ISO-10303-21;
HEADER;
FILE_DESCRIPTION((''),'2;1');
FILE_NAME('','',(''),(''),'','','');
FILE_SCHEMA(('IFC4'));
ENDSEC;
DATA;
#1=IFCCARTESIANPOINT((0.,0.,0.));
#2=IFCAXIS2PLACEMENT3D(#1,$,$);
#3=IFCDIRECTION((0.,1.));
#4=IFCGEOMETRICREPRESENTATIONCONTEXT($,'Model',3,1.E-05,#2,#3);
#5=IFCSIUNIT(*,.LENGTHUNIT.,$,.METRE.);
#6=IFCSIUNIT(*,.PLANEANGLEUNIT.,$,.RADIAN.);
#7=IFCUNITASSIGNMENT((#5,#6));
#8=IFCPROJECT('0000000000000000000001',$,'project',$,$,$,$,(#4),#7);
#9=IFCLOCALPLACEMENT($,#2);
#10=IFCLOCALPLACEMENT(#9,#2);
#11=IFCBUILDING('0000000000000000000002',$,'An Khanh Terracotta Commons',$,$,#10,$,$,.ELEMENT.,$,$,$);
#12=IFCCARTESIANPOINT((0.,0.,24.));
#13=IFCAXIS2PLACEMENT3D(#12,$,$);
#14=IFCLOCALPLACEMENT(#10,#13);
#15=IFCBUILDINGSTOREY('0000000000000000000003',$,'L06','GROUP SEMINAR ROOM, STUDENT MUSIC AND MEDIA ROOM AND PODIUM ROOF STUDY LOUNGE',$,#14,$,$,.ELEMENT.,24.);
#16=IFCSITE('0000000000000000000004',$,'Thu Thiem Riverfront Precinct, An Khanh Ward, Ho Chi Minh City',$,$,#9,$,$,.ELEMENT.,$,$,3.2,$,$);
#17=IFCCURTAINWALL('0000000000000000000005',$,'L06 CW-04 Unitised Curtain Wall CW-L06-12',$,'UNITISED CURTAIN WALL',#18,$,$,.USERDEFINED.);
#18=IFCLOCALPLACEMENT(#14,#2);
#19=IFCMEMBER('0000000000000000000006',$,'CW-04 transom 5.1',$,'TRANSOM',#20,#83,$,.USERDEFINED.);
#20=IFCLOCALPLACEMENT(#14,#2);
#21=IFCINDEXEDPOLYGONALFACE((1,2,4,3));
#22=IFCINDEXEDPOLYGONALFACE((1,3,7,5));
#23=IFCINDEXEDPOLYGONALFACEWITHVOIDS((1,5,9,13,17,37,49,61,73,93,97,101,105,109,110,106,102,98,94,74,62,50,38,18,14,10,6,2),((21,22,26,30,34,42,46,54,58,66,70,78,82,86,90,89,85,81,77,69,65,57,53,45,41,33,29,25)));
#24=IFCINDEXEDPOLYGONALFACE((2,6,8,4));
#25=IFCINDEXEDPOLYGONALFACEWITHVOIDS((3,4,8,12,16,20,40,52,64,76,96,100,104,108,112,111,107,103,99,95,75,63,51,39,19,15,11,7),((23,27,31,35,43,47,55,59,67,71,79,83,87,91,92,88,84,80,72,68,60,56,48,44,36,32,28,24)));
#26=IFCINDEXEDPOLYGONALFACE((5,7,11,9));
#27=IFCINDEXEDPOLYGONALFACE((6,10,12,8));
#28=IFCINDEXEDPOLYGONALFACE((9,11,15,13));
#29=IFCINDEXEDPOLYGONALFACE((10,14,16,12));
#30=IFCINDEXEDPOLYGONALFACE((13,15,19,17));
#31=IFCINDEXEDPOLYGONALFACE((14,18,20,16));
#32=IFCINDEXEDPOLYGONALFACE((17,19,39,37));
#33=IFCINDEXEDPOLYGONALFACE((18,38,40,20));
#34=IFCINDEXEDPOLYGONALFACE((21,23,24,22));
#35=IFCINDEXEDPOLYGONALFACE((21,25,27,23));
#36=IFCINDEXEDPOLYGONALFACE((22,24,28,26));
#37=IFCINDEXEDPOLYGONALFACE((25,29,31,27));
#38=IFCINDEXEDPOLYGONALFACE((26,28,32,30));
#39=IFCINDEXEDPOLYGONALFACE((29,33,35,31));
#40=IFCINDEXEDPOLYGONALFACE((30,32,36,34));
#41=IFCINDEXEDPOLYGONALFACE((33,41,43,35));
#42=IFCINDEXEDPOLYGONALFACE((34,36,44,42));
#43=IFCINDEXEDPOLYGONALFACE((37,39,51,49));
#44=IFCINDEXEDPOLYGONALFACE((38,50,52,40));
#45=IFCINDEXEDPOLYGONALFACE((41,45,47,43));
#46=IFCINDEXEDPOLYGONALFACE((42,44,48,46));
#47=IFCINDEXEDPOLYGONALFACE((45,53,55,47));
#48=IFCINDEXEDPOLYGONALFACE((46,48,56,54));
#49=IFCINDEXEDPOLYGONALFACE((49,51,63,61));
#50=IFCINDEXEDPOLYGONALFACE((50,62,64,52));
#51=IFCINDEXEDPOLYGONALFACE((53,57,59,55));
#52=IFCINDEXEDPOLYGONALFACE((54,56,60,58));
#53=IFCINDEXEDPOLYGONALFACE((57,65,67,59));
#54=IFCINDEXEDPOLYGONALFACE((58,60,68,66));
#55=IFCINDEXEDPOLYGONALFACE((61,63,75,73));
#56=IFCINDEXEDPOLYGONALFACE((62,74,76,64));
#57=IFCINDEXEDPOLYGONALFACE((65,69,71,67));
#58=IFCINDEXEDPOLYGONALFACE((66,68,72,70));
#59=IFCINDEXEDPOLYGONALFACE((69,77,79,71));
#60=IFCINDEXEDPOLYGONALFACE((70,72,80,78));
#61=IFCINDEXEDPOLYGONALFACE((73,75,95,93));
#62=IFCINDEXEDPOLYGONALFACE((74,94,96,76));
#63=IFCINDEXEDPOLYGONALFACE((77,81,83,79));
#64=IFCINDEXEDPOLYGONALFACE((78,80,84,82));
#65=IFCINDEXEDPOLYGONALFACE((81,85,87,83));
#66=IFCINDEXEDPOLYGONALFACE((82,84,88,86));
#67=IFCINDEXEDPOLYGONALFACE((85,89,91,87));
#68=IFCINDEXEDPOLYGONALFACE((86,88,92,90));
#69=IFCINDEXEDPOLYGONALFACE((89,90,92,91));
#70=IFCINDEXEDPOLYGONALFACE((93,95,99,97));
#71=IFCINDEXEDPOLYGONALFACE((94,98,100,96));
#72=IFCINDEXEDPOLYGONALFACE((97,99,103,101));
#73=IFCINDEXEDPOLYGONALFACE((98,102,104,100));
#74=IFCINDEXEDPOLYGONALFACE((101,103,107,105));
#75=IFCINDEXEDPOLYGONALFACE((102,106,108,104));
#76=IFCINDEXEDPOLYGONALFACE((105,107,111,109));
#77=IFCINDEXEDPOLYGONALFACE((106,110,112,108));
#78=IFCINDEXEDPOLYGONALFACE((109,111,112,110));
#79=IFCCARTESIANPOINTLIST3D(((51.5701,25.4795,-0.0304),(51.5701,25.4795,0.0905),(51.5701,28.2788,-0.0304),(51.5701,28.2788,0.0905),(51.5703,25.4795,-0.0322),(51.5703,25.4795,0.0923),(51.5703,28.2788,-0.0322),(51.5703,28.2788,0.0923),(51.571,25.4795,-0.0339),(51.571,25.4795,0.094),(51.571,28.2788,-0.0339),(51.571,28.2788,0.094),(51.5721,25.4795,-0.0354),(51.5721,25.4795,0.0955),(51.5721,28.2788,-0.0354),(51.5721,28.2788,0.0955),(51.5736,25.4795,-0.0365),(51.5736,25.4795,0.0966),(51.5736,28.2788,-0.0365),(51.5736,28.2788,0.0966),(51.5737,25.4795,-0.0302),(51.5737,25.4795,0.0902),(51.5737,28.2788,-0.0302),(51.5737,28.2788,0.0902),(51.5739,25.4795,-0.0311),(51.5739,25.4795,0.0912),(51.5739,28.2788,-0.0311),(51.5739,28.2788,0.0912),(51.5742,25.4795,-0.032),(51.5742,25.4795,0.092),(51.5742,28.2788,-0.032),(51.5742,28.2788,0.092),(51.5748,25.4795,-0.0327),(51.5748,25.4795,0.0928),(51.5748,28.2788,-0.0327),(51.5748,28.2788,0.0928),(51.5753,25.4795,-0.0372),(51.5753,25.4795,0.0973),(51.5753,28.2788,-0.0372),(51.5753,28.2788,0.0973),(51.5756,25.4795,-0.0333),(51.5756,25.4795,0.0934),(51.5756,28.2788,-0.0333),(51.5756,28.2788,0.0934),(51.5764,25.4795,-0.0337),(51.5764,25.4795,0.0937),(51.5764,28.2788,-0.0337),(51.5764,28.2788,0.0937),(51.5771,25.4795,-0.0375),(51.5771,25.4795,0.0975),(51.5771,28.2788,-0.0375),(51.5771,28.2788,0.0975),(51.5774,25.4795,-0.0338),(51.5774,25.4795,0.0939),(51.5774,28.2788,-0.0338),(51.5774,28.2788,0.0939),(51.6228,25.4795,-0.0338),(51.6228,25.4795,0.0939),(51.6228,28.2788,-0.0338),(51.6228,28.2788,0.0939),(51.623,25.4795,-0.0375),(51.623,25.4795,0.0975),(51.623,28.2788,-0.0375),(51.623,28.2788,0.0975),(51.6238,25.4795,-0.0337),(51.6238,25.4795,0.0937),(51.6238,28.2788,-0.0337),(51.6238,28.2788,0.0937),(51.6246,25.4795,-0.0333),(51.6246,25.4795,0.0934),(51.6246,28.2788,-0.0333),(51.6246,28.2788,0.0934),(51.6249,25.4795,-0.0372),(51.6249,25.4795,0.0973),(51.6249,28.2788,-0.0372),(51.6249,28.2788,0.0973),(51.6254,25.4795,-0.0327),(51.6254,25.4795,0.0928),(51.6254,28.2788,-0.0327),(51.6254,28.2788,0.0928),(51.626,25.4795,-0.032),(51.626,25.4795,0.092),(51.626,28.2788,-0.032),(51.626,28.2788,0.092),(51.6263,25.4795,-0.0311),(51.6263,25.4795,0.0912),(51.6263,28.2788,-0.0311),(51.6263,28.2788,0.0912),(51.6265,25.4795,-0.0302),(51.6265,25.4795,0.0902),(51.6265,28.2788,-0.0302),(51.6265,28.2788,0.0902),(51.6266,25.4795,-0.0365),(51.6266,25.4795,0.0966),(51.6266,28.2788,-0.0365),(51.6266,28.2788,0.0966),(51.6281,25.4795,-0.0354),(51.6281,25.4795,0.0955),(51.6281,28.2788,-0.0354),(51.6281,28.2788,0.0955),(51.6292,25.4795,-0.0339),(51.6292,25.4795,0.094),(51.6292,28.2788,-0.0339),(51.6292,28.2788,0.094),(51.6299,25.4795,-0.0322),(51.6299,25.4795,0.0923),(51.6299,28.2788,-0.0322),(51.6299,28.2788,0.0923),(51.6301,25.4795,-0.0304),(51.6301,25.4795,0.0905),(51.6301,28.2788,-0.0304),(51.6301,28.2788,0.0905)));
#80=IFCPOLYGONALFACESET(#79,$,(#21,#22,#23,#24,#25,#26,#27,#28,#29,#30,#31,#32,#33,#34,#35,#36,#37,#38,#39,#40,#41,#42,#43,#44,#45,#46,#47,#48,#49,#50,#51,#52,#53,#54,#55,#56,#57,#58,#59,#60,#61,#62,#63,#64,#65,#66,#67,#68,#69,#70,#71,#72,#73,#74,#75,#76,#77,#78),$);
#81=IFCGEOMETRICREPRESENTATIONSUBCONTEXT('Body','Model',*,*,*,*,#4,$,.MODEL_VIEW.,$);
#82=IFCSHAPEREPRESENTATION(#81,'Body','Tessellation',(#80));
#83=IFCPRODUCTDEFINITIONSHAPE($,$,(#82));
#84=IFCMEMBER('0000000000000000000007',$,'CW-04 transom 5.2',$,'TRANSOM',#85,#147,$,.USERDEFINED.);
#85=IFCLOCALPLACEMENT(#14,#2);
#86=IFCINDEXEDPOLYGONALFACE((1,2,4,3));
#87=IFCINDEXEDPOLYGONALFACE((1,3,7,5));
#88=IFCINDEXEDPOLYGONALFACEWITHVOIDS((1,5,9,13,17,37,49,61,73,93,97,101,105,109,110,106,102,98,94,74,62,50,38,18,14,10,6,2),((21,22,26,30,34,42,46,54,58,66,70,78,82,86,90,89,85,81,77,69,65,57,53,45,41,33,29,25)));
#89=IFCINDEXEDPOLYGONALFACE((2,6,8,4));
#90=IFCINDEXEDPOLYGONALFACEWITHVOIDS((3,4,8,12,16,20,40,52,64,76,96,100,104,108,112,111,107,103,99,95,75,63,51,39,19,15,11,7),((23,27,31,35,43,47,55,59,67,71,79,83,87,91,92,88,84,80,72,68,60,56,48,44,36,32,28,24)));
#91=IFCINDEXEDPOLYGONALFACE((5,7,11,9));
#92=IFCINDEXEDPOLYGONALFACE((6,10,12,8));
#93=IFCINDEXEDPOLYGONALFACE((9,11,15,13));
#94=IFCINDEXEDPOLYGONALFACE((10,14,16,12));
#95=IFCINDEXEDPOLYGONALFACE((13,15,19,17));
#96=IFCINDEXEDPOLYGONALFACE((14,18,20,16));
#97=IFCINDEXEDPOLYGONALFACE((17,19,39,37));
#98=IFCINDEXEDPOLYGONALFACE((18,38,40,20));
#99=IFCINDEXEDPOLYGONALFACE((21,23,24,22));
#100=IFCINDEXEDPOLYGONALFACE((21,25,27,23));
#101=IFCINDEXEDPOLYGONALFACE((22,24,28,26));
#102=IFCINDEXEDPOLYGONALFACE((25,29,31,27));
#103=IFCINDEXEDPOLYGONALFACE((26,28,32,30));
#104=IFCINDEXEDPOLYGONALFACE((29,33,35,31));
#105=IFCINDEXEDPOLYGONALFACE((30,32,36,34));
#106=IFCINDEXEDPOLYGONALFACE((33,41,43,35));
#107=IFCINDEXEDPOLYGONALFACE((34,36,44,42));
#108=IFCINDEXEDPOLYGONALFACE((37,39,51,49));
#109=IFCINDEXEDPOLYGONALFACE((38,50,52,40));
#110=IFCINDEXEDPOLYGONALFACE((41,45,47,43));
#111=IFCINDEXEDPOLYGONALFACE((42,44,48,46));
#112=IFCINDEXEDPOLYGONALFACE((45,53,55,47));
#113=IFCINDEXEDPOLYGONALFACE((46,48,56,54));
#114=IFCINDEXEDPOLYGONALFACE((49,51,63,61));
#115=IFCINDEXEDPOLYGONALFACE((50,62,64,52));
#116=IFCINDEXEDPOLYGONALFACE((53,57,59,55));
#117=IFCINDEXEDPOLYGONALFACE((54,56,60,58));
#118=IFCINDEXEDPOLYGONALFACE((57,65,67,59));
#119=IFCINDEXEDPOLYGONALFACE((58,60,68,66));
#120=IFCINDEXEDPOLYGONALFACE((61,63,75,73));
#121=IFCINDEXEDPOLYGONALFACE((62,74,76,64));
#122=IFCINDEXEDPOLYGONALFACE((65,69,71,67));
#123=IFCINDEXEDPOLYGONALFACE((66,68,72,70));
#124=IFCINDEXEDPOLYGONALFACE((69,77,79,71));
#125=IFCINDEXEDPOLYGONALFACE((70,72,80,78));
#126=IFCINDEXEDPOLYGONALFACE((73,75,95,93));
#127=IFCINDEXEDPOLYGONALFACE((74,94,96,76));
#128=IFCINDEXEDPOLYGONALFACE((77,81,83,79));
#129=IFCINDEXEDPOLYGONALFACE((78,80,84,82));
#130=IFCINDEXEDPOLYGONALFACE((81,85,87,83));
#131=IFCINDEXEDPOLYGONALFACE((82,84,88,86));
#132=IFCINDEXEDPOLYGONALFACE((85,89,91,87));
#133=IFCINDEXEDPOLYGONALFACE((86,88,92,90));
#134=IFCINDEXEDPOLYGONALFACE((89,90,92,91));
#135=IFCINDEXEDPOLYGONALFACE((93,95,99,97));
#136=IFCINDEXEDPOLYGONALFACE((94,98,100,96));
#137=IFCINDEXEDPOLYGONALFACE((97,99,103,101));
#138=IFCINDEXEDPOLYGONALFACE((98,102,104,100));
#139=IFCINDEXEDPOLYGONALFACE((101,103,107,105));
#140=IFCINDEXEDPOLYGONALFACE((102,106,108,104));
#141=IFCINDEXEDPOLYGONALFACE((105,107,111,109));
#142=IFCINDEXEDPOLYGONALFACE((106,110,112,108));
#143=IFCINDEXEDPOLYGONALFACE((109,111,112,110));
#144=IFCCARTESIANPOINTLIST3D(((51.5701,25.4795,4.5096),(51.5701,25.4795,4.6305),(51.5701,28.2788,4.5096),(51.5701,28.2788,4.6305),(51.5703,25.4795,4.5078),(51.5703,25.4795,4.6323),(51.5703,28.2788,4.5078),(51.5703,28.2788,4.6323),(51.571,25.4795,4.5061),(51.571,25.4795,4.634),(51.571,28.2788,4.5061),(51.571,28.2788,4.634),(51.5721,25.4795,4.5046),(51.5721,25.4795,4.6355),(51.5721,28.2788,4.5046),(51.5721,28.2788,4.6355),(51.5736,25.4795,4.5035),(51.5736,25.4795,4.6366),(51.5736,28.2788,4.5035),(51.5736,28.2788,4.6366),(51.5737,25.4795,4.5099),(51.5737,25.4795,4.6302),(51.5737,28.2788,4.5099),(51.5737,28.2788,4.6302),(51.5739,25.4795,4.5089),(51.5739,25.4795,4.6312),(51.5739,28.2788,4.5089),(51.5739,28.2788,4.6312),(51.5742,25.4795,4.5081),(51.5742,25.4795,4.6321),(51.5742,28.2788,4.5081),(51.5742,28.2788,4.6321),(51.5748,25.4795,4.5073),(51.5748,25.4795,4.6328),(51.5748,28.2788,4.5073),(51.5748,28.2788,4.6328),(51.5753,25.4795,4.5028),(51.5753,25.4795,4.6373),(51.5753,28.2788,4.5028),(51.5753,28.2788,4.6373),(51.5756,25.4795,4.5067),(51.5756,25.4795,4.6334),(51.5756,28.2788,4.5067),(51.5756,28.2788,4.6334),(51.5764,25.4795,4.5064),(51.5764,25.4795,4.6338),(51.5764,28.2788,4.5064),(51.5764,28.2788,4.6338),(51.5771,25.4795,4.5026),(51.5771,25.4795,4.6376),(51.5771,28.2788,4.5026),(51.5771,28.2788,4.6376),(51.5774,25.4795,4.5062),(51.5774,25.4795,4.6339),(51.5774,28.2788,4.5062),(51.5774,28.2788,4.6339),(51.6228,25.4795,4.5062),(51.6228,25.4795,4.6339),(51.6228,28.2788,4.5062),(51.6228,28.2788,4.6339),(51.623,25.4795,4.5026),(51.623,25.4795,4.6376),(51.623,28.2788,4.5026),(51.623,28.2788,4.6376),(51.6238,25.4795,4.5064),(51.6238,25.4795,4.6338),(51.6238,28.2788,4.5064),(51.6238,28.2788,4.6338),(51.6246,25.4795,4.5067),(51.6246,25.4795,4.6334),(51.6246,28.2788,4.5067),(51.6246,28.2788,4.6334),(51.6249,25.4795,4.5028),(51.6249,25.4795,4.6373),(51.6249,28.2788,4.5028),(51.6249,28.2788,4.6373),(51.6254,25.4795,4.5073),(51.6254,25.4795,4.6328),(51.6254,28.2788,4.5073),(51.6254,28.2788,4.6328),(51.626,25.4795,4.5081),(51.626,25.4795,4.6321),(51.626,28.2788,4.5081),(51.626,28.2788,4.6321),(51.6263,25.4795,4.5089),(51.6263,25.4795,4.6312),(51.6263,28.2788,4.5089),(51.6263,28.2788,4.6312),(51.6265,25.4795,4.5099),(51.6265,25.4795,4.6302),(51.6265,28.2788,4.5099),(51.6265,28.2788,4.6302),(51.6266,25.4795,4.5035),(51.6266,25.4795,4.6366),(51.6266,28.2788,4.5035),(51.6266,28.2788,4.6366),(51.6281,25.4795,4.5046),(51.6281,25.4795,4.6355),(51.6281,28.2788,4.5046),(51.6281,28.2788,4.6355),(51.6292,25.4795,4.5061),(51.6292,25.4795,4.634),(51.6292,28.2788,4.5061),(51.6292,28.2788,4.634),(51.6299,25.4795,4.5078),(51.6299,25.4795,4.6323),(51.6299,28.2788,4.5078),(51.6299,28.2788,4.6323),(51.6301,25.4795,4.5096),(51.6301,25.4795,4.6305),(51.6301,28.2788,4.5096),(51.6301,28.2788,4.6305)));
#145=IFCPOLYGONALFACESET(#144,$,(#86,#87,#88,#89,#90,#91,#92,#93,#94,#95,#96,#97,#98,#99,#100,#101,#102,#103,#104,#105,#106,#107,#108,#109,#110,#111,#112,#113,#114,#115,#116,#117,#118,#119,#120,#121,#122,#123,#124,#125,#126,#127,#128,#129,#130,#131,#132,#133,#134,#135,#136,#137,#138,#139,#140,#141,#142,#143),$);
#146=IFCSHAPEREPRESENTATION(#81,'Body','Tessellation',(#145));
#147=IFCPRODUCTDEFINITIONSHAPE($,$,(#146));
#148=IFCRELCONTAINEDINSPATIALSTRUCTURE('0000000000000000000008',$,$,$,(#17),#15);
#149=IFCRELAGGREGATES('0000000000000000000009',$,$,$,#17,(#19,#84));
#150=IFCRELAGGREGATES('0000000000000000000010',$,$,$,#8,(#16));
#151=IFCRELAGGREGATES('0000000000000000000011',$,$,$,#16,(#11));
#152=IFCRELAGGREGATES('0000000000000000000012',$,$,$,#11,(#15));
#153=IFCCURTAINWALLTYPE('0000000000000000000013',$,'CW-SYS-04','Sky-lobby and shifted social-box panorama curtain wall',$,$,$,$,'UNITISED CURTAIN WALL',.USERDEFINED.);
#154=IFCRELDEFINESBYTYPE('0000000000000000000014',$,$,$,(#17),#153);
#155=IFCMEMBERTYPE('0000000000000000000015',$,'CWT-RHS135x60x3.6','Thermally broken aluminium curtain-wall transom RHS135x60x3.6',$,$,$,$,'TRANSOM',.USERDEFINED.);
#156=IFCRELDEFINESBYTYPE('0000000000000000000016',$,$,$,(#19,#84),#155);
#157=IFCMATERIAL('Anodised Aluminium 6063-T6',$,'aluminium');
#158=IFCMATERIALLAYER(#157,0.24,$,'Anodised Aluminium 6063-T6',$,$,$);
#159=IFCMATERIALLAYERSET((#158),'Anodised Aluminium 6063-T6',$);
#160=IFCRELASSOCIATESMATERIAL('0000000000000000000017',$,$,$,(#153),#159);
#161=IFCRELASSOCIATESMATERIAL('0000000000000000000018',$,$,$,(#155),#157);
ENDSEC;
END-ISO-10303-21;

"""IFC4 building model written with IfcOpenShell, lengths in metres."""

from ifc_helpers import new_model, si_unit, direction, frame, origin, origin_2d, place, context, subcontext, project, spatial, hollow_rectangle, extrude, material, layer, layer_set, material_profile, profile_set, type_object, element, aggregate, save


model = new_model("IFC4")

# Units and contexts
model_context = context("Model", 3, precision=1e-05, world=origin(), true_north=direction((0.0, 1.0)))
body_context = subcontext(model_context, "Body", "Model", "MODEL_VIEW")
ifc_project = project(units=[si_unit("LENGTHUNIT", "METRE"), si_unit("PLANEANGLEUNIT", "RADIAN")], contexts=[model_context])

# Site, building, storey
site_placement = place(None, origin())
site = spatial("IfcSite", under=ifc_project, at=site_placement, Name="Thu Thiem Riverfront Precinct, An Khanh Ward, Ho Chi Minh City", CompositionType="ELEMENT", RefElevation=3.2)
building_placement = place(site_placement, origin())
building = spatial("IfcBuilding", under=site, at=building_placement, Name="An Khanh Terracotta Commons", CompositionType="ELEMENT")
storey_placement = place(building_placement, frame((0.0, 0.0, 24.0)))
storey = spatial("IfcBuildingStorey", under=building, at=storey_placement, Name="L06", Description="GROUP SEMINAR ROOM, STUDENT MUSIC AND MEDIA ROOM AND PODIUM ROOF STUDY LOUNGE", CompositionType="ELEMENT", Elevation=24.0)

# Curtain wall, members
ifc_material_1 = material(Name="Anodised Aluminium 6063-T6", Category="aluminium")
ifc_layer_1 = layer(ifc_material_1, 0.24, Name="Anodised Aluminium 6063-T6")
ifc_layer_set_1 = layer_set([ifc_layer_1], Name="Anodised Aluminium 6063-T6")
curtain_wall_type = type_object("IfcCurtainWallType", Name="CW-SYS-04", Description="Sky-lobby and shifted social-box panorama curtain wall", ElementType="UNITISED CURTAIN WALL", PredefinedType="USERDEFINED", material=ifc_layer_set_1)
curtain_wall_placement = place(storey_placement, origin())
curtain_wall = element("IfcCurtainWall", 1, at=curtain_wall_placement, inside=storey, type_object=curtain_wall_type, Name="L06 CW-04 Unitised Curtain Wall CW-L06-12", ObjectType="UNITISED CURTAIN WALL", PredefinedType="USERDEFINED")
ifc_material_profile_1 = material_profile(ifc_material_1, hollow_rectangle(XDim=0.0601, YDim=0.135, WallThickness=0.0037, InnerFilletRadius=0.0037, OuterFilletRadius=0.0071, at=origin_2d()), Name="RHS135x60x3.6")
ifc_profile_set_1 = profile_set([ifc_material_profile_1], Name="Anodised Aluminium 6063-T6")
member_type_1 = type_object("IfcMemberType", Name="CWT-RHS135x60x3.6", Description="Thermally broken aluminium curtain-wall transom RHS135x60x3.6", ElementType="TRANSOM", PredefinedType="USERDEFINED", material=ifc_profile_set_1)
member_1_placement = place(storey_placement, frame((51.6001, 25.4795, 0.03), z_axis=(0.0, 1.0, 0.0), x_axis=(-1.0, 0.0, 0.0)))
member_1 = element("IfcMember", 2, at=member_1_placement, type_object=member_type_1, Name="CW-04 transom 5.1", ObjectType="TRANSOM", PredefinedType="USERDEFINED", context=body_context, shape_type="SweptSolid", body=[
    extrude(hollow_rectangle(XDim=0.0601, YDim=0.135, WallThickness=0.0037, InnerFilletRadius=0.0037, OuterFilletRadius=0.0071, at=origin_2d()), origin(), (0.0, 0.0, 1.0), 2.7993),
])
member_2_placement = place(storey_placement, frame((51.6001, 25.4795, 4.5701), z_axis=(0.0, 1.0, 0.0), x_axis=(-1.0, 0.0, 0.0)))
member_2 = element("IfcMember", 3, at=member_2_placement, type_object=member_type_1, Name="CW-04 transom 5.2", ObjectType="TRANSOM", PredefinedType="USERDEFINED", context=body_context, shape_type="SweptSolid", body=[
    extrude(hollow_rectangle(XDim=0.0601, YDim=0.135, WallThickness=0.0037, InnerFilletRadius=0.0037, OuterFilletRadius=0.0071, at=origin_2d()), origin(), (0.0, 0.0, 1.0), 2.7993),
])
aggregate(curtain_wall, [member_1, member_2])

save(model, "model.ifc")
